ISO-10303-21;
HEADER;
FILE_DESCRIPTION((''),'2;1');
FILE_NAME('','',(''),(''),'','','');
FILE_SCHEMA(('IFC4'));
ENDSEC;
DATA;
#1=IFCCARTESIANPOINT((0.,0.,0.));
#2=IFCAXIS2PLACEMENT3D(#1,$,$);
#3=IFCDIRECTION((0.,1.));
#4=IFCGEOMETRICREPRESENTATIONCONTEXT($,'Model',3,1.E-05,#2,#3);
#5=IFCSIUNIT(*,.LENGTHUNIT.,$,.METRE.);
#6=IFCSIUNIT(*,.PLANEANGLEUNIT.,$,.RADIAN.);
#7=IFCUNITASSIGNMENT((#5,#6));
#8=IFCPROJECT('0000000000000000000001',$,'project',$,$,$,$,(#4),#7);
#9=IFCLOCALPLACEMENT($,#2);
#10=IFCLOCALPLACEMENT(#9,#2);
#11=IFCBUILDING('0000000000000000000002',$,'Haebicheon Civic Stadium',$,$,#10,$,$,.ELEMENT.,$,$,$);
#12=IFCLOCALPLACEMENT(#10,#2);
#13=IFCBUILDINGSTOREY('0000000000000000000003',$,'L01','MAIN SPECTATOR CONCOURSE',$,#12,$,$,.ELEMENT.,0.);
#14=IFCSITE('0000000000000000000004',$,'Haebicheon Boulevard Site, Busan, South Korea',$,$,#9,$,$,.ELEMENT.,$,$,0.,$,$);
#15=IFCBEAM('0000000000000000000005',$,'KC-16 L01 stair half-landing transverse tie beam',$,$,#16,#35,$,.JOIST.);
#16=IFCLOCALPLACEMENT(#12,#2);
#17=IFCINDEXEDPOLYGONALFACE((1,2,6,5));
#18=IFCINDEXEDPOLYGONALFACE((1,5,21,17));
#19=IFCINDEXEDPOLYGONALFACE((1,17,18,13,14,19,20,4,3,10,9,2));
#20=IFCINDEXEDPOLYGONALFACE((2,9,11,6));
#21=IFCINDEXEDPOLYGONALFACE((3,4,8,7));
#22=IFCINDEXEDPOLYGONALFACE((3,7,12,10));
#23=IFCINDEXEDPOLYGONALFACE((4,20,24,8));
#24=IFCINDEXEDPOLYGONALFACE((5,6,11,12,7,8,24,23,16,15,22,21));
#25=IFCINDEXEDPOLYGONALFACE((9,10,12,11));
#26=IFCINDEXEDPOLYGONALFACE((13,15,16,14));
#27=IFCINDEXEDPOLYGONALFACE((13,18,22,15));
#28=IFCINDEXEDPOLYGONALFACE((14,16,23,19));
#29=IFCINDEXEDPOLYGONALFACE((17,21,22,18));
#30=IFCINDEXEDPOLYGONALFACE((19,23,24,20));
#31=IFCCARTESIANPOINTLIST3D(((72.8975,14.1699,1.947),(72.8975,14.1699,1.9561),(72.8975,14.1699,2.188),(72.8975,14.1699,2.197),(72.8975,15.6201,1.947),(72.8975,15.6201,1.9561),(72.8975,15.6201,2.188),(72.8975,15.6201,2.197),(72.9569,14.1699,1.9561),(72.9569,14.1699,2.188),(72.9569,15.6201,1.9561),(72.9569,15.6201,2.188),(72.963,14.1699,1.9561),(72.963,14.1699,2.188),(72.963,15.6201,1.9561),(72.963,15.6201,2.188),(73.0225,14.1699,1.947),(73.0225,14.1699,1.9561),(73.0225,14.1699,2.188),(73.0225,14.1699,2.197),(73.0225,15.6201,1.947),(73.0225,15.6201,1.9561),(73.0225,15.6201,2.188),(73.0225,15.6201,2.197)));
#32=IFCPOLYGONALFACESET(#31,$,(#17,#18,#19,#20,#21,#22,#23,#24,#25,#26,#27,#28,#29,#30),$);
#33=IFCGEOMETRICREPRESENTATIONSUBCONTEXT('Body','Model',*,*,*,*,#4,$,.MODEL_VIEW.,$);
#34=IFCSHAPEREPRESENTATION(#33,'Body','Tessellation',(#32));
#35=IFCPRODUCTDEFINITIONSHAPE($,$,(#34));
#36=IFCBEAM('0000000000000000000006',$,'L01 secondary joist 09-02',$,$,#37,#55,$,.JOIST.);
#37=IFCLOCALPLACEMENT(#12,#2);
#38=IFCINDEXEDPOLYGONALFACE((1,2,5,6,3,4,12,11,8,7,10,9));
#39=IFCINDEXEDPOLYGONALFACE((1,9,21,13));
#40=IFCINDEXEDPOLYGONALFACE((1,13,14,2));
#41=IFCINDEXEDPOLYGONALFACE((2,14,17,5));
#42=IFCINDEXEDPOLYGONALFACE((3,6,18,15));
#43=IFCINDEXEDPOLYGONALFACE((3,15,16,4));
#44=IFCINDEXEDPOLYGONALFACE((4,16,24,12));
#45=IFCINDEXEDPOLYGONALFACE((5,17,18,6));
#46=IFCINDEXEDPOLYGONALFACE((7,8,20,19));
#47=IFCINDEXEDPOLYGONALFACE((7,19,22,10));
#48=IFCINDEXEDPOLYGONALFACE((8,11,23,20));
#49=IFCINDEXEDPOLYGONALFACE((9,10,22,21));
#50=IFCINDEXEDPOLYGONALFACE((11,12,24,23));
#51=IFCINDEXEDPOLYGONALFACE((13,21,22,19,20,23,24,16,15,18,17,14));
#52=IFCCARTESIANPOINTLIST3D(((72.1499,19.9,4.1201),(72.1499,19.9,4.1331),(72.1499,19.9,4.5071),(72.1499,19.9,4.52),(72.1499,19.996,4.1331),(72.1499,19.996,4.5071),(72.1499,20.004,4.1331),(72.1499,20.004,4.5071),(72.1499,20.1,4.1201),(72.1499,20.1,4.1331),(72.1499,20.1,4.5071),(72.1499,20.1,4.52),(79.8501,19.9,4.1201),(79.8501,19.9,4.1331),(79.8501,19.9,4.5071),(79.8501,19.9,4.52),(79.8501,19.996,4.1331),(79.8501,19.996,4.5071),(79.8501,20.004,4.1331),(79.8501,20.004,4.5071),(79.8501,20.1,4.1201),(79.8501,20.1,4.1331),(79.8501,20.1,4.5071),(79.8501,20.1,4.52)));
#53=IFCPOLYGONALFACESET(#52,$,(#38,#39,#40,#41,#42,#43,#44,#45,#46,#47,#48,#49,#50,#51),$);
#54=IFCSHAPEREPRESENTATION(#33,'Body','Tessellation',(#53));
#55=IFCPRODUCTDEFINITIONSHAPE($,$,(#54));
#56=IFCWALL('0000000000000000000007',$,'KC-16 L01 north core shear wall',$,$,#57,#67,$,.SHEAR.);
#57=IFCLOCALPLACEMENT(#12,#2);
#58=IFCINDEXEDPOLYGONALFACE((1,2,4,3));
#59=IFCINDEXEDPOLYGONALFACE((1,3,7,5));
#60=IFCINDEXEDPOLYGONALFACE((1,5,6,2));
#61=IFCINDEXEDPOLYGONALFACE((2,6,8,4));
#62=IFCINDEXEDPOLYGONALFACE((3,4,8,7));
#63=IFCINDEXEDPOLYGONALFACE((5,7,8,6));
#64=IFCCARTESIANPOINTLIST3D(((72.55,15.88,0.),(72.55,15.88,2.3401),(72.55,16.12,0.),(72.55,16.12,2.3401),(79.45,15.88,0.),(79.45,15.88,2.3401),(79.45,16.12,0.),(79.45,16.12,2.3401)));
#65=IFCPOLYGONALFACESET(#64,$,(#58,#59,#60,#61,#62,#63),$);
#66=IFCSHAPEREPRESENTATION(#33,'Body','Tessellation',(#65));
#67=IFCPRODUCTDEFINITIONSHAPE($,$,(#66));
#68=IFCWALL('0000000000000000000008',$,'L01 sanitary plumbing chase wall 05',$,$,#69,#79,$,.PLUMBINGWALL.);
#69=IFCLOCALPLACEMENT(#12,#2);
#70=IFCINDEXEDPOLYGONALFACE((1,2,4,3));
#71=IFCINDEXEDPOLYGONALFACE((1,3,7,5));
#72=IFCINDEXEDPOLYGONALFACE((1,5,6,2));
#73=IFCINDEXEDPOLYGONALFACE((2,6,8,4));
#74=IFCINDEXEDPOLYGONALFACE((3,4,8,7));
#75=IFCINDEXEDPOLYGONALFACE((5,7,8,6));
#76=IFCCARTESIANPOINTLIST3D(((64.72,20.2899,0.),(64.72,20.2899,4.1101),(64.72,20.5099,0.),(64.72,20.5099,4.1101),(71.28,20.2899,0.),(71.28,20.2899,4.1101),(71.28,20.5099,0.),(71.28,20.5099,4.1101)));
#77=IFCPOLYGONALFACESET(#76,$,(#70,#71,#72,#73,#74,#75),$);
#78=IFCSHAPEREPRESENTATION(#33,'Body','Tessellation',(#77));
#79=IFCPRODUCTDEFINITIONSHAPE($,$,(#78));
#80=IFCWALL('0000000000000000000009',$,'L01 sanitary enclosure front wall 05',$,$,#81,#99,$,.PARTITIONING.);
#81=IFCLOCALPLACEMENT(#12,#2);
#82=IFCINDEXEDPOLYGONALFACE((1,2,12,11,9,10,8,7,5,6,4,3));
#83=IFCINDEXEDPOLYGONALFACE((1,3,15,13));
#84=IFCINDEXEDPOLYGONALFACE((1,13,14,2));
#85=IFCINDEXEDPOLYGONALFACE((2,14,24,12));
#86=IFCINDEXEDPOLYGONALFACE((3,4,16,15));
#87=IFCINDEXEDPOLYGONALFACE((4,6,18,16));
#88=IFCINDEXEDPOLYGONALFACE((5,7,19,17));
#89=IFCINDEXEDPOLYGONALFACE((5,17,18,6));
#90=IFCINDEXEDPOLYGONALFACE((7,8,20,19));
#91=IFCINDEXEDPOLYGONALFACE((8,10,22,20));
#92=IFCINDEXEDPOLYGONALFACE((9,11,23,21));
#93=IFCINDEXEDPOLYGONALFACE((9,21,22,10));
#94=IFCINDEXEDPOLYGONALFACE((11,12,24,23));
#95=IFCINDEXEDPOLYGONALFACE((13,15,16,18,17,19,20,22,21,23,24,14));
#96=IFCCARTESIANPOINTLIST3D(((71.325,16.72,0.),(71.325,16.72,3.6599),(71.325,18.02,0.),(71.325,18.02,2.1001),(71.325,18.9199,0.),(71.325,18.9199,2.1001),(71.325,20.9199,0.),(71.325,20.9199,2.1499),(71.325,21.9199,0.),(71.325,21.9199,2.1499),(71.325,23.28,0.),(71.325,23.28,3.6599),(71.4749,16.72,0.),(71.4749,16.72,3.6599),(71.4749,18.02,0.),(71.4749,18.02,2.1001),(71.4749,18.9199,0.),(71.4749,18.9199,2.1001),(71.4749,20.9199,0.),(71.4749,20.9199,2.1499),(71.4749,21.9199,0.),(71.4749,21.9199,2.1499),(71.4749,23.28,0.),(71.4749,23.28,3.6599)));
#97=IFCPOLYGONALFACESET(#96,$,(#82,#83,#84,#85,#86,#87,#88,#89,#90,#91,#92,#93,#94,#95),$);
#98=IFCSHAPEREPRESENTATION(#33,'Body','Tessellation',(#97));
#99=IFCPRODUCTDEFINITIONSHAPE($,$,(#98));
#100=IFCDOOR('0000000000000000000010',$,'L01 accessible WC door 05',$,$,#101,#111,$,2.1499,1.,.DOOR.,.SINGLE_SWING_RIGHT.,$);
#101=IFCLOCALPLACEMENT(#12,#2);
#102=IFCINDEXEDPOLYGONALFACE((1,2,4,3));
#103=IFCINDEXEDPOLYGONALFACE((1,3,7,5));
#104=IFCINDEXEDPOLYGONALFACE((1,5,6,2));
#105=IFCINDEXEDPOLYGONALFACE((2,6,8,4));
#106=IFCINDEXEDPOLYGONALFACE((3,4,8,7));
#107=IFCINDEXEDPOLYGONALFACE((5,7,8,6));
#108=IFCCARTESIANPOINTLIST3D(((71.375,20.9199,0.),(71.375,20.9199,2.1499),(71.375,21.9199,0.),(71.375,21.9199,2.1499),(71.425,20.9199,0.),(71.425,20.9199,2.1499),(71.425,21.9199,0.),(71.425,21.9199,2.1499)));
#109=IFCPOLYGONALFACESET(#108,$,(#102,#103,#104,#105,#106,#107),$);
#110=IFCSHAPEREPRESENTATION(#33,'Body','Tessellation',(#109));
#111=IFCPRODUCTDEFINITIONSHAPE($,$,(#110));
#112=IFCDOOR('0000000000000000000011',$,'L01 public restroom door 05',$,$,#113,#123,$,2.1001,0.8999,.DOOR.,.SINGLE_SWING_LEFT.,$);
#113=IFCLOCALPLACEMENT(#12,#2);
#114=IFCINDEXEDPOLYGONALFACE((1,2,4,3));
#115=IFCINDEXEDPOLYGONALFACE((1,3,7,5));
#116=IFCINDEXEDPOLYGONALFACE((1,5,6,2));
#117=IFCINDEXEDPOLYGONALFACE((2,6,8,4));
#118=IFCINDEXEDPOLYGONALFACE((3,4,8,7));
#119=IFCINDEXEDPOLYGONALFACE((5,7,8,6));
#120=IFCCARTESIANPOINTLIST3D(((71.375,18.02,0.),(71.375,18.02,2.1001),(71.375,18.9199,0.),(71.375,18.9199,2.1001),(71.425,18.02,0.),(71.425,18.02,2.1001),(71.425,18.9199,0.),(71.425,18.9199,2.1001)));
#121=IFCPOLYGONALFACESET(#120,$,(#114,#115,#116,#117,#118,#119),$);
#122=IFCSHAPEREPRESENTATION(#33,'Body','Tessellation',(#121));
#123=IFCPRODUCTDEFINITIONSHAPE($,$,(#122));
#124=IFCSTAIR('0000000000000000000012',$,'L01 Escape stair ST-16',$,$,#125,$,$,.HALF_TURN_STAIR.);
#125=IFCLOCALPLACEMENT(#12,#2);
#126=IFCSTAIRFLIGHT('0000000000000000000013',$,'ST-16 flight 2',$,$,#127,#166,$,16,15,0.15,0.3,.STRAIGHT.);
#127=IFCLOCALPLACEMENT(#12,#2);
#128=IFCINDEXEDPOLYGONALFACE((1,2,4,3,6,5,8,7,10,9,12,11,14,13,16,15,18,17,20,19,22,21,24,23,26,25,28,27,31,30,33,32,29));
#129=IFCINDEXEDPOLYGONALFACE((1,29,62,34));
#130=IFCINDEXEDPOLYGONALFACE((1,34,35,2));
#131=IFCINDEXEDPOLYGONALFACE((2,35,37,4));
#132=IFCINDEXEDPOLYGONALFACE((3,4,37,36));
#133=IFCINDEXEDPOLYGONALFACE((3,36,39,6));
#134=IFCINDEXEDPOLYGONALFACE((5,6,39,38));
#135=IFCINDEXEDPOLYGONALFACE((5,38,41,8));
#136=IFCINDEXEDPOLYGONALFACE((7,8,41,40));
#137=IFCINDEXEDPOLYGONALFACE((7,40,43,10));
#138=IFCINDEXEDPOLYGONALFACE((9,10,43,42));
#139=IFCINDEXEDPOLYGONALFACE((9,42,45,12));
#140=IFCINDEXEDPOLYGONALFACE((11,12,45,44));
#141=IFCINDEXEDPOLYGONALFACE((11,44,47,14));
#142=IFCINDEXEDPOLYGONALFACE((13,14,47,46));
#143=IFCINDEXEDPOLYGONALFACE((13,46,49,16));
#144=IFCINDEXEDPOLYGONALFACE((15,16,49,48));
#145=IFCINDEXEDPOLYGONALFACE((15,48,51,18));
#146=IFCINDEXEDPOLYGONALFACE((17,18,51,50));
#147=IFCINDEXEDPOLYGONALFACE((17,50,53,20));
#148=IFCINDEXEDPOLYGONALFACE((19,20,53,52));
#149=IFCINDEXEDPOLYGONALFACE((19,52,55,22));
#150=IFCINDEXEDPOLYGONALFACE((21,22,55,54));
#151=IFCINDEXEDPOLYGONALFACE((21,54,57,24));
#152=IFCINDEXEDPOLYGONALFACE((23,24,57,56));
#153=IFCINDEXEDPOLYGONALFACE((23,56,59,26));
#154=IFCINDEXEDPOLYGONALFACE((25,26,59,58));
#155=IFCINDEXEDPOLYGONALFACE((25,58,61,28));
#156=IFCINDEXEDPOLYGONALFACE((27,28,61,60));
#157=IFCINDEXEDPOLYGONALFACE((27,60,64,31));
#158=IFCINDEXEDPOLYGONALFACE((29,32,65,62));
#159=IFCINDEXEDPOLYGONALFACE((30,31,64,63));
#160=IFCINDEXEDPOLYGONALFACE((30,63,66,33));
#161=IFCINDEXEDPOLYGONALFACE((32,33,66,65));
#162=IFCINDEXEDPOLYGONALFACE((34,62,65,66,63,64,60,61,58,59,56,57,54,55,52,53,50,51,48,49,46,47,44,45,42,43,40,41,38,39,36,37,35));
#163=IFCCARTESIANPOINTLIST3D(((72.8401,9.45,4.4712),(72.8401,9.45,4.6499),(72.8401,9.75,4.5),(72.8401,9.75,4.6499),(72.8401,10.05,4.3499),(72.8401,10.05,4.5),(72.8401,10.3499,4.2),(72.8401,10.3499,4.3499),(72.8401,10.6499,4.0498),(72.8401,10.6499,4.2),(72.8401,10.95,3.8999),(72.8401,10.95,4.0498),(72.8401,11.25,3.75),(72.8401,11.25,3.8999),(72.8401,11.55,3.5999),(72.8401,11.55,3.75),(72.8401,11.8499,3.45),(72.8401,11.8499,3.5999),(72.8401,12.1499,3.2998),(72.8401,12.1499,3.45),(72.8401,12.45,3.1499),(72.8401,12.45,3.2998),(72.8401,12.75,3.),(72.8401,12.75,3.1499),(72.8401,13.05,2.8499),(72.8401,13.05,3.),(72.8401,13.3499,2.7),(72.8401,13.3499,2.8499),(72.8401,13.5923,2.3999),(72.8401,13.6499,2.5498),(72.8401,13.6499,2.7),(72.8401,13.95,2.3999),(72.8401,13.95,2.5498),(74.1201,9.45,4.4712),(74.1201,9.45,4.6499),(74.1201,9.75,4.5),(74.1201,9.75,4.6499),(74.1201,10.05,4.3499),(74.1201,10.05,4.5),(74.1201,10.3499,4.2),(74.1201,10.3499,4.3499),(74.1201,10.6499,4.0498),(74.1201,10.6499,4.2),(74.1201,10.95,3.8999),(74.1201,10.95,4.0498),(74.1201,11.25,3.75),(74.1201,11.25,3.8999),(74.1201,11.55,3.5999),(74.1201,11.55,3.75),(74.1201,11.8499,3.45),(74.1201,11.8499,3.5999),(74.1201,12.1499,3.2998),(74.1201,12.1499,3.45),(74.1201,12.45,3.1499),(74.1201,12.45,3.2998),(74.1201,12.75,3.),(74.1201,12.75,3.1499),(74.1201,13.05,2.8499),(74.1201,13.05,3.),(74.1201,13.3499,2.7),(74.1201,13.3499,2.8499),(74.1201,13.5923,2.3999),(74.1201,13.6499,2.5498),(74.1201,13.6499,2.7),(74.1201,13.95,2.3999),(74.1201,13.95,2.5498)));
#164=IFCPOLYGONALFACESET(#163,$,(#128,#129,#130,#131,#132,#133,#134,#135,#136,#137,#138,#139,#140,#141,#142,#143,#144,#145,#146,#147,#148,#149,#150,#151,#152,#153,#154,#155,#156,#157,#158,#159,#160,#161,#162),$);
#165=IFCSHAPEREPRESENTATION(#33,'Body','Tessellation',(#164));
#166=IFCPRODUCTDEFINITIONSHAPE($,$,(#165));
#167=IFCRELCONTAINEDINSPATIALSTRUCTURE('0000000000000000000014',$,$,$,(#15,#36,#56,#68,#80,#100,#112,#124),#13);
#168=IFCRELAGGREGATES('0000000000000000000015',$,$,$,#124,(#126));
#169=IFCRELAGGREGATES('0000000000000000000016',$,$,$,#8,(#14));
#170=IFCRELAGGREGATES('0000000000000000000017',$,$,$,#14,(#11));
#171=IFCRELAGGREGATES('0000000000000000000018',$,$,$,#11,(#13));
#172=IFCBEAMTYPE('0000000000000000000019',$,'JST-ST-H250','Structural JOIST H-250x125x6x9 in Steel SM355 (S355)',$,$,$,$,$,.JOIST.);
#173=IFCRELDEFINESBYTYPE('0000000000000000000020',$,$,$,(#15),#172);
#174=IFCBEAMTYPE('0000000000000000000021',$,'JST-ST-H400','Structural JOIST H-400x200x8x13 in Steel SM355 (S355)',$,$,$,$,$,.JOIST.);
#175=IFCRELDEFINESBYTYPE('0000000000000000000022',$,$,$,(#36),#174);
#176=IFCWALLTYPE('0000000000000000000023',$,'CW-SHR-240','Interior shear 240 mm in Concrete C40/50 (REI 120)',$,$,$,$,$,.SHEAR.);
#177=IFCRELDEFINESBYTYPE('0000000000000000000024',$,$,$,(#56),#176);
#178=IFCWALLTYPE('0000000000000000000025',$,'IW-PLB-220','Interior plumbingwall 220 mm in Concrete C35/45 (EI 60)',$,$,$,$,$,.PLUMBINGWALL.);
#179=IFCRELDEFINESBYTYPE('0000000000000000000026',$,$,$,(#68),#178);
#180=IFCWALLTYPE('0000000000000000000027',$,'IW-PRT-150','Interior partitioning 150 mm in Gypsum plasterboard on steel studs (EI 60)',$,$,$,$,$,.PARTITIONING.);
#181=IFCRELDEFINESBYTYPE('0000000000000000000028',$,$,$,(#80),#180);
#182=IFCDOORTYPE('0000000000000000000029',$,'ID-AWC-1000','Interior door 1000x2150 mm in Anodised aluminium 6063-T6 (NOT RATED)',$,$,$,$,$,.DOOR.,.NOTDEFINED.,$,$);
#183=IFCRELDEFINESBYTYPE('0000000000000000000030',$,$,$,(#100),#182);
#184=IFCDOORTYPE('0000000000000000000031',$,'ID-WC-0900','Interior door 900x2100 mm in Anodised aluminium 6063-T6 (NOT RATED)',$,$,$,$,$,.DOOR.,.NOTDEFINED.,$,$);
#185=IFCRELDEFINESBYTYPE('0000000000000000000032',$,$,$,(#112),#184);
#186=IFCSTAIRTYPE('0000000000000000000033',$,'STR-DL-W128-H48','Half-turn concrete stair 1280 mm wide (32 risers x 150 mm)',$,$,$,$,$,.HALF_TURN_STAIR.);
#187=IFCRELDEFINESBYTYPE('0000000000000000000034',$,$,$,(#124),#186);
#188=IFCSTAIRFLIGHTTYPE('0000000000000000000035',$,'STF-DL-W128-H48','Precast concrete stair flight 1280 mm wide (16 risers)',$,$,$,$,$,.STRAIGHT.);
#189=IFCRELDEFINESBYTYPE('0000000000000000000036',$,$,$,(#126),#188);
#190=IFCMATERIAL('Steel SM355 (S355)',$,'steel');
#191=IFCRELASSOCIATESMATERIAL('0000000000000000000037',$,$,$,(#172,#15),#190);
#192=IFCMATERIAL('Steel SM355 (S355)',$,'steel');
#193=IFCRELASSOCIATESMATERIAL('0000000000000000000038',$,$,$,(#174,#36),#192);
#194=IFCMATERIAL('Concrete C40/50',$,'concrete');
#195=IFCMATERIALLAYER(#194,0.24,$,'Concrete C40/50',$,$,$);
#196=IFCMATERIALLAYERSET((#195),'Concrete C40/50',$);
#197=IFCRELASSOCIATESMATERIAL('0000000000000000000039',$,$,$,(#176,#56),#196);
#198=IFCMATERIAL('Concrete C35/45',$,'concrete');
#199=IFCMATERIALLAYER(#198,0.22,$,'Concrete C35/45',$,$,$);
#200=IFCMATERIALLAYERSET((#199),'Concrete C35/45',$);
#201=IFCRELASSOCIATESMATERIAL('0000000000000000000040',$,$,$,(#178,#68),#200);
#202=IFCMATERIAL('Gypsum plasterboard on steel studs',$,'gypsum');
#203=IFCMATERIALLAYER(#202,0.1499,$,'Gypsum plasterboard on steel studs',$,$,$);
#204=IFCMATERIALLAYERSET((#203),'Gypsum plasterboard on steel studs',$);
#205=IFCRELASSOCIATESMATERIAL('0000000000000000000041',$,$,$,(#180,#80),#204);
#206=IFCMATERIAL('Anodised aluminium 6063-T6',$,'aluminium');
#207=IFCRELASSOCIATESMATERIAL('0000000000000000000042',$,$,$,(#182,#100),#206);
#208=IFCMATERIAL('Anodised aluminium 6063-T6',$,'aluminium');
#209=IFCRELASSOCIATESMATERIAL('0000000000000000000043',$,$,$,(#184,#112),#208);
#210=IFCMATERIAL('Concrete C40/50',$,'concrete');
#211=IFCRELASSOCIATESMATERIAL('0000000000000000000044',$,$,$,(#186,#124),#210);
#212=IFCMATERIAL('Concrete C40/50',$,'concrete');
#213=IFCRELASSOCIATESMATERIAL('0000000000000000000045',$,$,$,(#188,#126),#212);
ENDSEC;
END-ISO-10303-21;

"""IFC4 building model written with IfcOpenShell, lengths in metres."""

from ifc_helpers import new_model, si_unit, direction, frame, frame_2d, origin, origin_2d, place, context, subcontext, project, spatial, polyline, rectangle, i_section, outline, extrude, material, layer, layer_set, material_profile, profile_set, type_object, element, fill, aggregate, save


model = new_model("IFC4")

# Units and contexts
model_context = context("Model", 3, precision=1e-05, world=origin(), true_north=direction((0.0, 1.0)))
body_context = subcontext(model_context, "Body", "Model", "MODEL_VIEW")
ifc_project = project(units=[si_unit("LENGTHUNIT", "METRE"), si_unit("PLANEANGLEUNIT", "RADIAN")], contexts=[model_context])

# Site, building, storey
site_placement = place(None, origin())
site = spatial("IfcSite", under=ifc_project, at=site_placement, Name="Haebicheon Boulevard Site, Busan, South Korea", CompositionType="ELEMENT", RefElevation=0.0)
building_placement = place(site_placement, origin())
building = spatial("IfcBuilding", under=site, at=building_placement, Name="Haebicheon Civic Stadium", CompositionType="ELEMENT")
storey_placement = place(building_placement, origin())
storey = spatial("IfcBuildingStorey", under=building, at=storey_placement, Name="L01", Description="MAIN SPECTATOR CONCOURSE", CompositionType="ELEMENT", Elevation=0.0)

# Beams
ifc_material_1 = material(Name="Steel SM355 (S355)", Category="steel")
ifc_material_profile_1 = material_profile(ifc_material_1, i_section(OverallWidth=0.125, OverallDepth=0.25, WebThickness=0.0061, FlangeThickness=0.009, at=origin_2d()), Name="H-250x125x6x9")
ifc_profile_set_1 = profile_set([ifc_material_profile_1], Name="Steel SM355 (S355)")
beam_type_1 = type_object("IfcBeamType", Name="JST-ST-H250", Description="Structural JOIST H-250x125x6x9 in Steel SM355 (S355)", PredefinedType="JOIST", material=ifc_profile_set_1)
beam_1_placement = place(storey_placement, frame((72.96, 14.1699, 2.072), z_axis=(0.0, 1.0, 0.0), x_axis=(-1.0, 0.0, 0.0)))
element("IfcBeam", 1, at=beam_1_placement, inside=storey, type_object=beam_type_1, material=ifc_profile_set_1, Name="KC-16 L01 stair half-landing transverse tie beam", PredefinedType="JOIST", context=body_context, shape_type="SweptSolid", body=[
    extrude(i_section(OverallWidth=0.125, OverallDepth=0.25, WebThickness=0.0061, FlangeThickness=0.009, at=origin_2d()), origin(), (0.0, 0.0, 1.0), 1.4502),
])
ifc_material_2 = material(Name="Steel SM355 (S355)", Category="steel")
ifc_material_profile_2 = material_profile(ifc_material_2, i_section(OverallWidth=0.2, OverallDepth=0.3999, WebThickness=0.0081, FlangeThickness=0.0129, at=origin_2d()), Name="H-400x200x8x13")
ifc_profile_set_2 = profile_set([ifc_material_profile_2], Name="Steel SM355 (S355)")
beam_type_2 = type_object("IfcBeamType", Name="JST-ST-H400", Description="Structural JOIST H-400x200x8x13 in Steel SM355 (S355)", PredefinedType="JOIST", material=ifc_profile_set_2)
beam_2_placement = place(storey_placement, frame((72.1499, 20.0, 4.3201), z_axis=(1.0, 0.0, 0.0), x_axis=(0.0, 1.0, 0.0)))
element("IfcBeam", 2, at=beam_2_placement, inside=storey, type_object=beam_type_2, material=ifc_profile_set_2, Name="L01 secondary joist 09-02", PredefinedType="JOIST", context=body_context, shape_type="SweptSolid", body=[
    extrude(i_section(OverallWidth=0.2, OverallDepth=0.3999, WebThickness=0.0081, FlangeThickness=0.0129, at=origin_2d()), origin(), (0.0, 0.0, 1.0), 7.7002),
])

# Walls
ifc_material_3 = material(Name="Concrete C40/50", Category="concrete")
ifc_layer_1 = layer(ifc_material_3, 0.24, Name="Concrete C40/50")
ifc_layer_set_1 = layer_set([ifc_layer_1], Name="Concrete C40/50")
wall_type_1 = type_object("IfcWallType", Name="CW-SHR-240", Description="Interior shear 240 mm in Concrete C40/50 (REI 120)", PredefinedType="SHEAR", material=ifc_layer_set_1)
wall_1_placement = place(storey_placement, frame((72.55, 16.0, 0.0), z_axis=(0.0, 0.0, 1.0), x_axis=(1.0, 0.0, 0.0)))
element("IfcWall", 3, at=wall_1_placement, inside=storey, type_object=wall_type_1, material=ifc_layer_set_1, Name="KC-16 L01 north core shear wall", PredefinedType="SHEAR", context=body_context, shape_type="SweptSolid", body=[
    extrude(rectangle(XDim=6.8999, YDim=0.24, at=frame_2d((3.45, 0.0))), origin(), (0.0, 0.0, 1.0), 2.3401),
])
ifc_material_4 = material(Name="Concrete C35/45", Category="concrete")
ifc_layer_2 = layer(ifc_material_4, 0.22, Name="Concrete C35/45")
ifc_layer_set_2 = layer_set([ifc_layer_2], Name="Concrete C35/45")
wall_type_2 = type_object("IfcWallType", Name="IW-PLB-220", Description="Interior plumbingwall 220 mm in Concrete C35/45 (EI 60)", PredefinedType="PLUMBINGWALL", material=ifc_layer_set_2)
wall_2_placement = place(storey_placement, frame((64.72, 20.3999, 0.0), z_axis=(0.0, 0.0, 1.0), x_axis=(1.0, 0.0, 0.0)))
element("IfcWall", 4, at=wall_2_placement, inside=storey, type_object=wall_type_2, material=ifc_layer_set_2, Name="L01 sanitary plumbing chase wall 05", PredefinedType="PLUMBINGWALL", context=body_context, shape_type="SweptSolid", body=[
    extrude(rectangle(XDim=6.5601, YDim=0.22, at=frame_2d((3.28, 0.0))), origin(), (0.0, 0.0, 1.0), 4.1101),
])

# Wall, openings, doors
ifc_material_5 = material(Name="Gypsum plasterboard on steel studs", Category="gypsum")
ifc_layer_3 = layer(ifc_material_5, 0.1499, Name="Gypsum plasterboard on steel studs")
ifc_layer_set_3 = layer_set([ifc_layer_3], Name="Gypsum plasterboard on steel studs")
wall_type_3 = type_object("IfcWallType", Name="IW-PRT-150", Description="Interior partitioning 150 mm in Gypsum plasterboard on steel studs (EI 60)", PredefinedType="PARTITIONING", material=ifc_layer_set_3)
wall_3_placement = place(storey_placement, frame((71.3999, 16.72, 0.0), z_axis=(0.0, 0.0, 1.0), x_axis=(0.0, 1.0, 0.0)))
wall_3 = element("IfcWall", 5, at=wall_3_placement, inside=storey, type_object=wall_type_3, material=ifc_layer_set_3, Name="L01 sanitary enclosure front wall 05", PredefinedType="PARTITIONING", context=body_context, shape_type="SweptSolid", body=[
    extrude(rectangle(XDim=6.5601, YDim=0.1499, at=frame_2d((3.28, 0.0))), origin(), (0.0, 0.0, 1.0), 3.6599),
])
opening_1_placement = place(wall_3_placement, frame((1.3, 0.0, 0.0)))
opening_1 = element("IfcOpeningElement", 6, at=opening_1_placement, cuts=wall_3, PredefinedType="OPENING", context=body_context, shape_type="SweptSolid", body=[
    extrude(rectangle(XDim=0.8999, YDim=2.1001, at=frame_2d((0.45, 1.05))), frame((0.0, 0.085, 0.0), z_axis=(0.0, -1.0, 0.0), x_axis=(1.0, 0.0, 0.0)), (0.0, 0.0, 1.0), 0.1699),
])
opening_2_placement = place(wall_3_placement, frame((4.2, 0.0, 0.0)))
opening_2 = element("IfcOpeningElement", 7, at=opening_2_placement, cuts=wall_3, PredefinedType="OPENING", context=body_context, shape_type="SweptSolid", body=[
    extrude(rectangle(XDim=1.0, YDim=2.1499, at=frame_2d((0.5, 1.075))), frame((0.0, 0.085, 0.0), z_axis=(0.0, -1.0, 0.0), x_axis=(1.0, 0.0, 0.0)), (0.0, 0.0, 1.0), 0.1699),
])
ifc_material_6 = material(Name="Anodised aluminium 6063-T6", Category="aluminium")
door_type_1 = type_object("IfcDoorType", Name="ID-AWC-1000", Description="Interior door 1000x2150 mm in Anodised aluminium 6063-T6 (NOT RATED)", OperationType="NOTDEFINED", PredefinedType="DOOR", material=ifc_material_6)
door_1_placement = place(opening_2_placement, origin())
door_1 = element("IfcDoor", 8, at=door_1_placement, inside=storey, type_object=door_type_1, material=ifc_material_6, Name="L01 accessible WC door 05", OperationType="SINGLE_SWING_RIGHT", OverallHeight=2.1499, OverallWidth=1.0, PredefinedType="DOOR", context=body_context, shape_type="SweptSolid", body=[
    extrude(rectangle(XDim=1.0, YDim=2.1499, at=frame_2d((0.5, 1.075))), frame((0.0, 0.0249, 0.0), z_axis=(0.0, -1.0, 0.0), x_axis=(1.0, 0.0, 0.0)), (0.0, 0.0, 1.0), 0.05),
])
fill(opening_2, door_1)
ifc_material_7 = material(Name="Anodised aluminium 6063-T6", Category="aluminium")
door_type_2 = type_object("IfcDoorType", Name="ID-WC-0900", Description="Interior door 900x2100 mm in Anodised aluminium 6063-T6 (NOT RATED)", OperationType="NOTDEFINED", PredefinedType="DOOR", material=ifc_material_7)
door_2_placement = place(opening_1_placement, origin())
door_2 = element("IfcDoor", 9, at=door_2_placement, inside=storey, type_object=door_type_2, material=ifc_material_7, Name="L01 public restroom door 05", OperationType="SINGLE_SWING_LEFT", OverallHeight=2.1001, OverallWidth=0.8999, PredefinedType="DOOR", context=body_context, shape_type="SweptSolid", body=[
    extrude(rectangle(XDim=0.8999, YDim=2.1001, at=frame_2d((0.45, 1.05))), frame((0.0, 0.0249, 0.0), z_axis=(0.0, -1.0, 0.0), x_axis=(1.0, 0.0, 0.0)), (0.0, 0.0, 1.0), 0.05),
])
fill(opening_1, door_2)

# Stair, stair flight
ifc_material_8 = material(Name="Concrete C40/50", Category="concrete")
stair_type = type_object("IfcStairType", Name="STR-DL-W128-H48", Description="Half-turn concrete stair 1280 mm wide (32 risers x 150 mm)", PredefinedType="HALF_TURN_STAIR", material=ifc_material_8)
stair_placement = place(storey_placement, origin())
stair = element("IfcStair", 10, at=stair_placement, inside=storey, type_object=stair_type, material=ifc_material_8, Name="L01 Escape stair ST-16", PredefinedType="HALF_TURN_STAIR")
ifc_material_9 = material(Name="Concrete C40/50", Category="concrete")
stair_flight_type = type_object("IfcStairFlightType", Name="STF-DL-W128-H48", Description="Precast concrete stair flight 1280 mm wide (16 risers)", PredefinedType="STRAIGHT", material=ifc_material_9)
stair_flight_placement = place(storey_placement, frame((73.48, 13.95, 2.3999), z_axis=(0.0, 0.0, 1.0), x_axis=(0.0, -1.0, 0.0)))
stair_flight = element("IfcStairFlight", 11, at=stair_flight_placement, type_object=stair_flight_type, material=ifc_material_9, Name="ST-16 flight 2", NumberOfRisers=16, NumberOfTreads=15, PredefinedType="STRAIGHT", RiserHeight=0.15, TreadLength=0.3, context=body_context, shape_type="SweptSolid", body=[
    extrude(outline(polyline([(0.0, 0.0), (0.0, 0.1499), (0.3, 0.1499), (0.3, 0.3), (0.6001, 0.3), (0.6001, 0.45), (0.8999, 0.45), (0.8999, 0.6001), (1.2, 0.6001), (1.2, 0.75), (1.5, 0.75), (1.5, 0.8999), (1.8, 0.8999), (1.8, 1.05), (2.1001, 1.05), (2.1001, 1.2), (2.3999, 1.2), (2.3999, 1.3501), (2.7, 1.3501), (2.7, 1.5), (3.0, 1.5), (3.0, 1.6499), (3.3, 1.6499), (3.3, 1.8), (3.6001, 1.8), (3.6001, 1.95), (3.8999, 1.95), (3.8999, 2.1001), (4.2, 2.1001), (4.2, 2.25), (4.5, 2.25), (4.5, 2.3999), (4.5, 2.0713), (0.3577, 0.0), (0.0, 0.0)])), frame((0.0, 0.6401, 0.0), z_axis=(0.0, -1.0, 0.0), x_axis=(1.0, 0.0, 0.0)), (0.0, 0.0, 1.0), 1.28),
])
aggregate(stair, [stair_flight])

save(model, "model.ifc")
